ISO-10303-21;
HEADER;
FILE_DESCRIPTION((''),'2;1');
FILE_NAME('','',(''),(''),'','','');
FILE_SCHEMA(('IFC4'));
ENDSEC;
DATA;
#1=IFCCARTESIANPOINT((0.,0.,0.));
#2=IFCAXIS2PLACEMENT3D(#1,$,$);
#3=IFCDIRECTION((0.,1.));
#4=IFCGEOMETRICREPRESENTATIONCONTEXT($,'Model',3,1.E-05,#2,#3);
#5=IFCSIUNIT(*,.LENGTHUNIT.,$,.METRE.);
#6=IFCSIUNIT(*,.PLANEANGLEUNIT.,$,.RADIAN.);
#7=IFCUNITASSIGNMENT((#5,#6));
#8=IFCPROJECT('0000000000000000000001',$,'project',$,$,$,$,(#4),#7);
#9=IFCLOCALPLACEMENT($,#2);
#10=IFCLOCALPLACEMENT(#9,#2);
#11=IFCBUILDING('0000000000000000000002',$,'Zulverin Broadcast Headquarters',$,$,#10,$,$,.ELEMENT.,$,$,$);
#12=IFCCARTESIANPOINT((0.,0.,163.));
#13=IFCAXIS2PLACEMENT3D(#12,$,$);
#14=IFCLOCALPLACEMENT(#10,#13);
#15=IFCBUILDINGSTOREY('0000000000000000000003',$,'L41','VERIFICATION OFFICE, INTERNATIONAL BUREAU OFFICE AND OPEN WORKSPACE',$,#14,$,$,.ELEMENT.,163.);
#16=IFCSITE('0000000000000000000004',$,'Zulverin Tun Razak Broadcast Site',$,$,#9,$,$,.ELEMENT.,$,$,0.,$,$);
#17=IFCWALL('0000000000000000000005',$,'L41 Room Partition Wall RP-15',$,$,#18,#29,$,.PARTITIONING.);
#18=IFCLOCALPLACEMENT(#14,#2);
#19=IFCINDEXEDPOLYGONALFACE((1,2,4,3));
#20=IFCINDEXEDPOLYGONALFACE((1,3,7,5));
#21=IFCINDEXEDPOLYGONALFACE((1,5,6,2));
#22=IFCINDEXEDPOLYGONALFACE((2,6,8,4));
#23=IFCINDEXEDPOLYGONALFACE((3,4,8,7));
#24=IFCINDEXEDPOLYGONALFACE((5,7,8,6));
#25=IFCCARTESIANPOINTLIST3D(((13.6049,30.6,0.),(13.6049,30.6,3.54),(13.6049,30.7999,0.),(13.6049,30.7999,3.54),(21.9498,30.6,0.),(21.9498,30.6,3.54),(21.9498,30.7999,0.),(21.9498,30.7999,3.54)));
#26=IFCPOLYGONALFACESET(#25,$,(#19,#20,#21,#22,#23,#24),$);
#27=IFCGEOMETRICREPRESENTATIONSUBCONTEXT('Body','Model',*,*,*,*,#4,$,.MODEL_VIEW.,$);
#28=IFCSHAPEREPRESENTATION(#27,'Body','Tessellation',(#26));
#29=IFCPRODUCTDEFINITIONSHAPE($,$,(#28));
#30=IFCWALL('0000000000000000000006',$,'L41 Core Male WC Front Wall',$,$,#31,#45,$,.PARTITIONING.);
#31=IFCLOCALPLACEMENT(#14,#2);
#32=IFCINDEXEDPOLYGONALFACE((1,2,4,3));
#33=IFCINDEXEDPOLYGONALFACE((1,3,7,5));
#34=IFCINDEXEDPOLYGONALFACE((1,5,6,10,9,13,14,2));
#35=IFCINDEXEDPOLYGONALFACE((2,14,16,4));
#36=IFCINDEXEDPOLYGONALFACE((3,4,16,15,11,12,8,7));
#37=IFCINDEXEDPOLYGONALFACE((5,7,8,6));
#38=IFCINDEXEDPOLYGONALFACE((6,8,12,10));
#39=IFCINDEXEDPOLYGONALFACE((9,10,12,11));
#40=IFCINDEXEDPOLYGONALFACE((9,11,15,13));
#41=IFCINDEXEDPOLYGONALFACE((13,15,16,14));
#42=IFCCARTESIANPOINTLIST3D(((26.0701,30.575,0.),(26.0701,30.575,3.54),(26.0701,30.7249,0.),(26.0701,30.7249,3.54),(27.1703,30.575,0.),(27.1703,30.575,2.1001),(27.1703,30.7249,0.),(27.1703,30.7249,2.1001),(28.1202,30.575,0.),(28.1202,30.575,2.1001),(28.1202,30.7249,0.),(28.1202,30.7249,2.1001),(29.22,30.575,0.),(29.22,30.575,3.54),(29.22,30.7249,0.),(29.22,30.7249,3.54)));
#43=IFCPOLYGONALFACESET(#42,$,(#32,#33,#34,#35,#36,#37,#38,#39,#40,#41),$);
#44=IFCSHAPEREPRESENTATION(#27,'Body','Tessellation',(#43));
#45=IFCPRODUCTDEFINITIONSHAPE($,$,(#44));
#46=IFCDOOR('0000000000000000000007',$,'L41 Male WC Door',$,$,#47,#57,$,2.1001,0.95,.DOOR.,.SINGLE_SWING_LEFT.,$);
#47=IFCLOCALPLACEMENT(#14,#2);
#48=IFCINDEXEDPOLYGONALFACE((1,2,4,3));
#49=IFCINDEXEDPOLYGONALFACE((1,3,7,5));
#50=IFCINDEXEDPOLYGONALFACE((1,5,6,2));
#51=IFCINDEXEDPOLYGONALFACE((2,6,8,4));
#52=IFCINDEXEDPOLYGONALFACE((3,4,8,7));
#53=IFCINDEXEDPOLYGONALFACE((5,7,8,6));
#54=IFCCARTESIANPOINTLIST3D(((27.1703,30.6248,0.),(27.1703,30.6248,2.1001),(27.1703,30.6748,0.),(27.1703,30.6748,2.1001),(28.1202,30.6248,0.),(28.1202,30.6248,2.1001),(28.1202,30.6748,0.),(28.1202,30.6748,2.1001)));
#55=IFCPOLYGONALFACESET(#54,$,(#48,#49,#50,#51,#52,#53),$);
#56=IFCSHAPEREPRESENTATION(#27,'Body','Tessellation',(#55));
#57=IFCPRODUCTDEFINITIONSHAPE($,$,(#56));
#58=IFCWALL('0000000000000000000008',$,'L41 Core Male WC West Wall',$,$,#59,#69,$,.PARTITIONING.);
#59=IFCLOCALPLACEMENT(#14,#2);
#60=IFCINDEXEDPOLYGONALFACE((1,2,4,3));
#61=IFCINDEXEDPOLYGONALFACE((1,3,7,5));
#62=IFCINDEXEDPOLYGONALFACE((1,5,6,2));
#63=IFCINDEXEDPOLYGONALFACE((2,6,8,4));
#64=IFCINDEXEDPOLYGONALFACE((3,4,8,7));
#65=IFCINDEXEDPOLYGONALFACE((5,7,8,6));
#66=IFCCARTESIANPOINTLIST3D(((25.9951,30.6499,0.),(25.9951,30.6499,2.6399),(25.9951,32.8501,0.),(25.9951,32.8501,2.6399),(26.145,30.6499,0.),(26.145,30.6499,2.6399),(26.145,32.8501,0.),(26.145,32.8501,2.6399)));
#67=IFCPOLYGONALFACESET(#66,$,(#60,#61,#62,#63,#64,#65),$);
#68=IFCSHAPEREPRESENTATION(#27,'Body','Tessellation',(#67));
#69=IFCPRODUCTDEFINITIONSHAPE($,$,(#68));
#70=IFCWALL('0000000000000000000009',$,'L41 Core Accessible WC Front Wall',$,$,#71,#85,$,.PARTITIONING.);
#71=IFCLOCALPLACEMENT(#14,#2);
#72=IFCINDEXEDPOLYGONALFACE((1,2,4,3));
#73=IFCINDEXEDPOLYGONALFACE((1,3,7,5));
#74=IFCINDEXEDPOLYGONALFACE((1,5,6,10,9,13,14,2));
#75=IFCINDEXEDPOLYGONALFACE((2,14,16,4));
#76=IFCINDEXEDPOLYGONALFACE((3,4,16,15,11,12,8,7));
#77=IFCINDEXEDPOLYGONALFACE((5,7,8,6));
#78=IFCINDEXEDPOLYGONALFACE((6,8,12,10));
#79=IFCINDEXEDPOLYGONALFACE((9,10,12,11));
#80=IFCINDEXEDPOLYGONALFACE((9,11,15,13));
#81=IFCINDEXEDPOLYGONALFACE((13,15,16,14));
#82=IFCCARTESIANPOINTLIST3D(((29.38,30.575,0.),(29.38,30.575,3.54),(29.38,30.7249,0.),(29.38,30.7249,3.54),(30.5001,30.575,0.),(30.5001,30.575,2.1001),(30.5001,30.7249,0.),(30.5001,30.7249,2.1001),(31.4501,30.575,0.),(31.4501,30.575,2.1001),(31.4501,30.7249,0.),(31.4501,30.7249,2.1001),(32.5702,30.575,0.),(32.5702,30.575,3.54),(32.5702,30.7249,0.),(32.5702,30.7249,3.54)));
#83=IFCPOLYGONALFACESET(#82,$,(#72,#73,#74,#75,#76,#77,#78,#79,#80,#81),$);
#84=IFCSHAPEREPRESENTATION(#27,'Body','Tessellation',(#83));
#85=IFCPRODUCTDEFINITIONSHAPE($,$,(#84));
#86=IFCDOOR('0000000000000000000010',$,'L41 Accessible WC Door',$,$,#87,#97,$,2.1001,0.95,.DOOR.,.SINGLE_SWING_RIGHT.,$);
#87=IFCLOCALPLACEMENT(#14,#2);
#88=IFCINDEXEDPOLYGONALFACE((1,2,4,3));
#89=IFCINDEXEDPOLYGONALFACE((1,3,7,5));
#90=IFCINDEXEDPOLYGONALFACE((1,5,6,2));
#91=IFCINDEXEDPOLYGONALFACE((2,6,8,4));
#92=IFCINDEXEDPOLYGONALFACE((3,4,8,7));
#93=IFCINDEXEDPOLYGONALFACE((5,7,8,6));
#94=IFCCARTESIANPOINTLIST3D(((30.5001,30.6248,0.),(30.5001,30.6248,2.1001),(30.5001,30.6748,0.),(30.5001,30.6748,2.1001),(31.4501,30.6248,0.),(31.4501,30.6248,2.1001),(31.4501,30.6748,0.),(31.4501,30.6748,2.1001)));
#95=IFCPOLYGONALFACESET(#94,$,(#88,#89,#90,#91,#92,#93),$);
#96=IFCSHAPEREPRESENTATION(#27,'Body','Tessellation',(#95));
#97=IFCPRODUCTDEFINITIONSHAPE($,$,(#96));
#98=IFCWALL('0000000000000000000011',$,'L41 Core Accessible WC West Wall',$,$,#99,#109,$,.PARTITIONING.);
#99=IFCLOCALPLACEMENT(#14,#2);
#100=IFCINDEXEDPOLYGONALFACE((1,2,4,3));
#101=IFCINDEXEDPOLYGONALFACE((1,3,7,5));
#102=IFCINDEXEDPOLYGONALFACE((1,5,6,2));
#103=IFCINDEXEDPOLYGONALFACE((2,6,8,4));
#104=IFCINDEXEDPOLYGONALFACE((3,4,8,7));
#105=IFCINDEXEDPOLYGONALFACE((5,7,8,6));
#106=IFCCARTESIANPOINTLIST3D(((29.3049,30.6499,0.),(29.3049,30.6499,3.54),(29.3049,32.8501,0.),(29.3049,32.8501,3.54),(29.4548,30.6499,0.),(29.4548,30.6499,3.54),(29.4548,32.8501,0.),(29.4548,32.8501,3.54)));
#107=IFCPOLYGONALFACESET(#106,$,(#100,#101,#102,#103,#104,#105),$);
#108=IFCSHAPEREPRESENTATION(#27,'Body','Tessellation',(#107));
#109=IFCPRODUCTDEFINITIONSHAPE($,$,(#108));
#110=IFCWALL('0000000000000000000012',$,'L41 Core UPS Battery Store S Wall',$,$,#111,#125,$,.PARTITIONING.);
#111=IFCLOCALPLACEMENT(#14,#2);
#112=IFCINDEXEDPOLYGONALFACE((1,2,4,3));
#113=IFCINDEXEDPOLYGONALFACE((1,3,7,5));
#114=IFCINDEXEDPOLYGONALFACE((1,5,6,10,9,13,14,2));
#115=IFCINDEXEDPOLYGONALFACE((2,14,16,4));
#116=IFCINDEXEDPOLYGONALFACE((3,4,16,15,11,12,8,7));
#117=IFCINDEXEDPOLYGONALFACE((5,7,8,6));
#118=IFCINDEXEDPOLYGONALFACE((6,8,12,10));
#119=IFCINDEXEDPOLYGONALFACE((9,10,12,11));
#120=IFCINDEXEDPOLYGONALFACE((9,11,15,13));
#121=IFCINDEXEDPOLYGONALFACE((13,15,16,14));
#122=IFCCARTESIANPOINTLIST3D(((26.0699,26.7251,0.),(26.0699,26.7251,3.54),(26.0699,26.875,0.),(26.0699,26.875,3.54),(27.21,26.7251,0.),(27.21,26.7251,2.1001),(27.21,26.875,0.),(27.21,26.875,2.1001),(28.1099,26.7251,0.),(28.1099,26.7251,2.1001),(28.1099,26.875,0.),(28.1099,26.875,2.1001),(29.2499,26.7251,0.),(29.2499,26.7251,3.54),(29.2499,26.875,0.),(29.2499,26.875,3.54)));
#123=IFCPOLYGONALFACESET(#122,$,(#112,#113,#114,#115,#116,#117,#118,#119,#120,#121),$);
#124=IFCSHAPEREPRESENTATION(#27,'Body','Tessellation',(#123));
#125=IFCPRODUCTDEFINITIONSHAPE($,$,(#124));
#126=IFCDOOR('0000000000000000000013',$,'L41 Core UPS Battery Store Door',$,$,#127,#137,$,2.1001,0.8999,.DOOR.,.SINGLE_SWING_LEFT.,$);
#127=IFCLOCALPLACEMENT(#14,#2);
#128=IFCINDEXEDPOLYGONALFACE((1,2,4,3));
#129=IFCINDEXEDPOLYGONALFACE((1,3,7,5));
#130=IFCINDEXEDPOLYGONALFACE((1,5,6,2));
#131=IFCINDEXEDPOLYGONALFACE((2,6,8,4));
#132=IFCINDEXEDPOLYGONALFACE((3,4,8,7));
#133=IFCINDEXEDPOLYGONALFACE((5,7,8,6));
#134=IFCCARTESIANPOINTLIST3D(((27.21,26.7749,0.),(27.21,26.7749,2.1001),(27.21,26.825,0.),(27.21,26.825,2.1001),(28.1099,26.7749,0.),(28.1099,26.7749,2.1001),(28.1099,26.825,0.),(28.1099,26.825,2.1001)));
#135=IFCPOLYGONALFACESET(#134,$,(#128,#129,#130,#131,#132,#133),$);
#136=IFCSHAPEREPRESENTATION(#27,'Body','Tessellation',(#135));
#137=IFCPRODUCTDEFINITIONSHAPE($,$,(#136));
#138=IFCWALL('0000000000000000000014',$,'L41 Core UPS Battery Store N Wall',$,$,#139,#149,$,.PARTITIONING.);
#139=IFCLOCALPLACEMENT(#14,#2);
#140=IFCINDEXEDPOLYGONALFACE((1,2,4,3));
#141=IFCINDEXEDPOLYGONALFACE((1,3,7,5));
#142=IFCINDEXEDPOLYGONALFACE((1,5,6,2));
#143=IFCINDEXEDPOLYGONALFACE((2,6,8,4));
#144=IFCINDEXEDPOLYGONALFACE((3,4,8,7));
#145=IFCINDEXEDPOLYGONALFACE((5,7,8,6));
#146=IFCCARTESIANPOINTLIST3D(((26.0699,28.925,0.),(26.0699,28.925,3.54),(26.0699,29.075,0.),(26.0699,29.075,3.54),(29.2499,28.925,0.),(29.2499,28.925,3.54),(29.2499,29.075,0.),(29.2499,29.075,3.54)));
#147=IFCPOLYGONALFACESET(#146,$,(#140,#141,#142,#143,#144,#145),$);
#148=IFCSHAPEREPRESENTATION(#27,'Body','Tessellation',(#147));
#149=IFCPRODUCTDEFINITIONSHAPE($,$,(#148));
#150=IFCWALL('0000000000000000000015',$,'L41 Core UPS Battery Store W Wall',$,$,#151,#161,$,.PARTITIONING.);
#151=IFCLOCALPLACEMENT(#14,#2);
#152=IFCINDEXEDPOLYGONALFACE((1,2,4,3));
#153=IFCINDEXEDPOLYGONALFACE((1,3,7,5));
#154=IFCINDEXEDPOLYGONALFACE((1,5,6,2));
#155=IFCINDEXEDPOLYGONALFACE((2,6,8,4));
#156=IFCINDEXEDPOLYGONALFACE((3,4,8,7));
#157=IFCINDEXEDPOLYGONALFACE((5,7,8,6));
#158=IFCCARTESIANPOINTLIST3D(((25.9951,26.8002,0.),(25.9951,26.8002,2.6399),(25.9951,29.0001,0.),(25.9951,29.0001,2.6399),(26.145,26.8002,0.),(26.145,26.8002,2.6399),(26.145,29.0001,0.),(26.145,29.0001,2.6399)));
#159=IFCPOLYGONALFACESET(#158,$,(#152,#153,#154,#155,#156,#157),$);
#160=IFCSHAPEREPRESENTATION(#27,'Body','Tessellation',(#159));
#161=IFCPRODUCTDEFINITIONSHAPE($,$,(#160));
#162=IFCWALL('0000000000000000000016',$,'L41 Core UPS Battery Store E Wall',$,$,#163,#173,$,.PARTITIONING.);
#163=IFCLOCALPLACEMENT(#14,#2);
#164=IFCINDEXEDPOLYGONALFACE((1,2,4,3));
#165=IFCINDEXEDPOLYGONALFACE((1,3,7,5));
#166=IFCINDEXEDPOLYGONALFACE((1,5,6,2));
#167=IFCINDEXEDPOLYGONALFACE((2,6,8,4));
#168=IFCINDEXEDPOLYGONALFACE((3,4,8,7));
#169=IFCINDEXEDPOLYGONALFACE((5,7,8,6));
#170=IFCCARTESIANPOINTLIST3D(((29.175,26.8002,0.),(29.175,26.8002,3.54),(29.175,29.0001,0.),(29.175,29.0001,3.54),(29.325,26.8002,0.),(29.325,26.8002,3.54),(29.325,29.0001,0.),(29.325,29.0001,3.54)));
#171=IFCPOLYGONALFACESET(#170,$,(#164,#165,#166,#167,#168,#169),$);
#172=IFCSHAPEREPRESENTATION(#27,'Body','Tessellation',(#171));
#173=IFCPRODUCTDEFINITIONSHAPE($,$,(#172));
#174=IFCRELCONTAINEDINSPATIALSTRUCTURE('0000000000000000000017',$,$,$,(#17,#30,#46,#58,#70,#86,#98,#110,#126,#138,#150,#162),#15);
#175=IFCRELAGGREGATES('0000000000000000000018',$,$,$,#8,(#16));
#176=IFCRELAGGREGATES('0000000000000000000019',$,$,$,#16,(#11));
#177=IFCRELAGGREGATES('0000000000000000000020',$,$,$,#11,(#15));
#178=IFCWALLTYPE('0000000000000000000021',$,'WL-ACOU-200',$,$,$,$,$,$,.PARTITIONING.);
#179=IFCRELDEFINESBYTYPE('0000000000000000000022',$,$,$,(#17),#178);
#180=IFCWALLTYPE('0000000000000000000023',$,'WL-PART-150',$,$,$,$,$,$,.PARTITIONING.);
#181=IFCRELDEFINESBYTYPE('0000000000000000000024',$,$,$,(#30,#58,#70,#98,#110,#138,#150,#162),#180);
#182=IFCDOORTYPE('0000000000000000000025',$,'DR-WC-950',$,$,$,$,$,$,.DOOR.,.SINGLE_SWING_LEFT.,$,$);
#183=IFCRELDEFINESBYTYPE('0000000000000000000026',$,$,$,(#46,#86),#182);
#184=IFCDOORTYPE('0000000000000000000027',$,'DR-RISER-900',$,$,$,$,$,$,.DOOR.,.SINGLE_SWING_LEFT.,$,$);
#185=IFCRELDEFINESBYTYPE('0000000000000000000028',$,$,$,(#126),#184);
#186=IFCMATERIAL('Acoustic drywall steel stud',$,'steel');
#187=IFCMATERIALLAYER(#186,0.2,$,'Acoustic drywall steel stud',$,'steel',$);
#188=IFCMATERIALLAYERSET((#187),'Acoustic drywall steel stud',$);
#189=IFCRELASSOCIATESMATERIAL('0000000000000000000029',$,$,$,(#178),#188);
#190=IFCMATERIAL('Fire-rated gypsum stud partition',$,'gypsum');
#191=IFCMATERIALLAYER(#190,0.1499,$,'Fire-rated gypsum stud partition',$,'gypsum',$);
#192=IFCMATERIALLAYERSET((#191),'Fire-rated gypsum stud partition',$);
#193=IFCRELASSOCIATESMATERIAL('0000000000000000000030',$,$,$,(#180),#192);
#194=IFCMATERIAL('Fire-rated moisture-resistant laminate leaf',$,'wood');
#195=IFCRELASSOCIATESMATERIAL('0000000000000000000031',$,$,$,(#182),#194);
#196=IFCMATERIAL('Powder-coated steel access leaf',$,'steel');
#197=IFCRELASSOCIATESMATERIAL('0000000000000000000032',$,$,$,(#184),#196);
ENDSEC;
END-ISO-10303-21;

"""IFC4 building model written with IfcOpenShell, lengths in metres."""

from ifc_helpers import new_model, si_unit, direction, frame, frame_2d, origin, place, context, subcontext, project, spatial, rectangle, extrude, material, layer, layer_set, type_object, element, fill, save


model = new_model("IFC4")

# Units and contexts
model_context = context("Model", 3, precision=1e-05, world=origin(), true_north=direction((0.0, 1.0)))
body_context = subcontext(model_context, "Body", "Model", "MODEL_VIEW")
ifc_project = project(units=[si_unit("LENGTHUNIT", "METRE"), si_unit("PLANEANGLEUNIT", "RADIAN")], contexts=[model_context])

# Site, building, storey
site_placement = place(None, origin())
site = spatial("IfcSite", under=ifc_project, at=site_placement, Name="Zulverin Tun Razak Broadcast Site", CompositionType="ELEMENT", RefElevation=0.0)
building_placement = place(site_placement, origin())
building = spatial("IfcBuilding", under=site, at=building_placement, Name="Zulverin Broadcast Headquarters", CompositionType="ELEMENT")
storey_placement = place(building_placement, frame((0.0, 0.0, 163.0)))
storey = spatial("IfcBuildingStorey", under=building, at=storey_placement, Name="L41", Description="VERIFICATION OFFICE, INTERNATIONAL BUREAU OFFICE AND OPEN WORKSPACE", CompositionType="ELEMENT", Elevation=163.0)

# Wall
ifc_material_1 = material(Name="Acoustic drywall steel stud", Category="steel")
ifc_layer_1 = layer(ifc_material_1, 0.2, Name="Acoustic drywall steel stud", Category="steel")
ifc_layer_set_1 = layer_set([ifc_layer_1], Name="Acoustic drywall steel stud")
wall_type_1 = type_object("IfcWallType", Name="WL-ACOU-200", PredefinedType="PARTITIONING", material=ifc_layer_set_1)
wall_1_placement = place(storey_placement, frame((13.605, 30.7, 0.0), z_axis=(0.0, 0.0, 1.0), x_axis=(1.0, 0.0, 0.0)))
element("IfcWall", 1, at=wall_1_placement, inside=storey, type_object=wall_type_1, Name="L41 Room Partition Wall RP-15", PredefinedType="PARTITIONING", context=body_context, shape_type="SweptSolid", body=[
    extrude(rectangle(XDim=8.345, YDim=0.2, at=frame_2d((4.1724, 0.0))), origin(), (0.0, 0.0, 1.0), 3.54),
])

# Wall, opening, door
ifc_material_2 = material(Name="Fire-rated gypsum stud partition", Category="gypsum")
ifc_layer_2 = layer(ifc_material_2, 0.1499, Name="Fire-rated gypsum stud partition", Category="gypsum")
ifc_layer_set_2 = layer_set([ifc_layer_2], Name="Fire-rated gypsum stud partition")
wall_type_2 = type_object("IfcWallType", Name="WL-PART-150", PredefinedType="PARTITIONING", material=ifc_layer_set_2)
wall_2_placement = place(storey_placement, frame((26.0701, 30.6499, 0.0), z_axis=(0.0, 0.0, 1.0), x_axis=(1.0, 0.0, 0.0)))
wall_2 = element("IfcWall", 2, at=wall_2_placement, inside=storey, type_object=wall_type_2, Name="L41 Core Male WC Front Wall", PredefinedType="PARTITIONING", context=body_context, shape_type="SweptSolid", body=[
    extrude(rectangle(XDim=3.1499, YDim=0.1499, at=frame_2d((1.575, 0.0))), origin(), (0.0, 0.0, 1.0), 3.54),
])
opening_1_placement = place(wall_2_placement, frame((1.1001, 0.0, 0.0)))
opening_1 = element("IfcOpeningElement", 3, at=opening_1_placement, cuts=wall_2, PredefinedType="OPENING", context=body_context, shape_type="SweptSolid", body=[
    extrude(rectangle(XDim=0.95, YDim=2.1001, at=frame_2d((0.4751, 1.05))), frame((0.0, 0.085, 0.0), z_axis=(0.0, -1.0, 0.0), x_axis=(1.0, 0.0, 0.0)), (0.0, 0.0, 1.0), 0.1699),
])
ifc_material_3 = material(Name="Fire-rated moisture-resistant laminate leaf", Category="wood")
door_type_1 = type_object("IfcDoorType", Name="DR-WC-950", OperationType="SINGLE_SWING_LEFT", PredefinedType="DOOR", material=ifc_material_3)
door_1_placement = place(opening_1_placement, origin())
door_1 = element("IfcDoor", 4, at=door_1_placement, inside=storey, type_object=door_type_1, Name="L41 Male WC Door", OperationType="SINGLE_SWING_LEFT", OverallHeight=2.1001, OverallWidth=0.95, PredefinedType="DOOR", context=body_context, shape_type="SweptSolid", body=[
    extrude(rectangle(XDim=0.95, YDim=2.1001, at=frame_2d((0.4751, 1.05))), frame((0.0, 0.0249, 0.0), z_axis=(0.0, -1.0, 0.0), x_axis=(1.0, 0.0, 0.0)), (0.0, 0.0, 1.0), 0.05),
])
fill(opening_1, door_1)

# Wall
wall_3_placement = place(storey_placement, frame((26.0701, 30.6499, 0.0), z_axis=(0.0, 0.0, 1.0), x_axis=(0.0, 1.0, 0.0)))
element("IfcWall", 5, at=wall_3_placement, inside=storey, type_object=wall_type_2, Name="L41 Core Male WC West Wall", PredefinedType="PARTITIONING", context=body_context, shape_type="SweptSolid", body=[
    extrude(rectangle(XDim=2.2002, YDim=0.1499, at=frame_2d((1.1001, 0.0))), origin(), (0.0, 0.0, 1.0), 2.6399),
])

# Wall, opening, door
wall_4_placement = place(storey_placement, frame((29.3799, 30.6499, 0.0), z_axis=(0.0, 0.0, 1.0), x_axis=(1.0, 0.0, 0.0)))
wall_4 = element("IfcWall", 6, at=wall_4_placement, inside=storey, type_object=wall_type_2, Name="L41 Core Accessible WC Front Wall", PredefinedType="PARTITIONING", context=body_context, shape_type="SweptSolid", body=[
    extrude(rectangle(XDim=3.1902, YDim=0.1499, at=frame_2d((1.5952, 0.0))), origin(), (0.0, 0.0, 1.0), 3.54),
])
opening_2_placement = place(wall_4_placement, frame((1.1201, 0.0, 0.0)))
opening_2 = element("IfcOpeningElement", 7, at=opening_2_placement, cuts=wall_4, PredefinedType="OPENING", context=body_context, shape_type="SweptSolid", body=[
    extrude(rectangle(XDim=0.95, YDim=2.1001, at=frame_2d((0.4751, 1.05))), frame((0.0, 0.085, 0.0), z_axis=(0.0, -1.0, 0.0), x_axis=(1.0, 0.0, 0.0)), (0.0, 0.0, 1.0), 0.1699),
])
door_2_placement = place(opening_2_placement, origin())
door_2 = element("IfcDoor", 8, at=door_2_placement, inside=storey, type_object=door_type_1, Name="L41 Accessible WC Door", OperationType="SINGLE_SWING_RIGHT", OverallHeight=2.1001, OverallWidth=0.95, PredefinedType="DOOR", context=body_context, shape_type="SweptSolid", body=[
    extrude(rectangle(XDim=0.95, YDim=2.1001, at=frame_2d((0.4751, 1.05))), frame((0.0, 0.0249, 0.0), z_axis=(0.0, -1.0, 0.0), x_axis=(1.0, 0.0, 0.0)), (0.0, 0.0, 1.0), 0.05),
])
fill(opening_2, door_2)

# Wall
wall_5_placement = place(storey_placement, frame((29.3799, 30.6499, 0.0), z_axis=(0.0, 0.0, 1.0), x_axis=(0.0, 1.0, 0.0)))
element("IfcWall", 9, at=wall_5_placement, inside=storey, type_object=wall_type_2, Name="L41 Core Accessible WC West Wall", PredefinedType="PARTITIONING", context=body_context, shape_type="SweptSolid", body=[
    extrude(rectangle(XDim=2.2002, YDim=0.1499, at=frame_2d((1.1001, 0.0))), origin(), (0.0, 0.0, 1.0), 3.54),
])

# Wall, opening, door
wall_6_placement = place(storey_placement, frame((26.0701, 26.8, 0.0), z_axis=(0.0, 0.0, 1.0), x_axis=(1.0, 0.0, 0.0)))
wall_6 = element("IfcWall", 10, at=wall_6_placement, inside=storey, type_object=wall_type_2, Name="L41 Core UPS Battery Store S Wall", PredefinedType="PARTITIONING", context=body_context, shape_type="SweptSolid", body=[
    extrude(rectangle(XDim=3.1799, YDim=0.1499, at=frame_2d((1.5898, 0.0))), origin(), (0.0, 0.0, 1.0), 3.54),
])
opening_3_placement = place(wall_6_placement, frame((1.1399, 0.0, 0.0)))
opening_3 = element("IfcOpeningElement", 11, at=opening_3_placement, cuts=wall_6, PredefinedType="OPENING", context=body_context, shape_type="SweptSolid", body=[
    extrude(rectangle(XDim=0.8999, YDim=2.1001, at=frame_2d((0.45, 1.05))), frame((0.0, 0.085, 0.0), z_axis=(0.0, -1.0, 0.0), x_axis=(1.0, 0.0, 0.0)), (0.0, 0.0, 1.0), 0.1699),
])
ifc_material_4 = material(Name="Powder-coated steel access leaf", Category="steel")
door_type_2 = type_object("IfcDoorType", Name="DR-RISER-900", OperationType="SINGLE_SWING_LEFT", PredefinedType="DOOR", material=ifc_material_4)
door_3_placement = place(opening_3_placement, origin())
door_3 = element("IfcDoor", 12, at=door_3_placement, inside=storey, type_object=door_type_2, Name="L41 Core UPS Battery Store Door", OperationType="SINGLE_SWING_LEFT", OverallHeight=2.1001, OverallWidth=0.8999, PredefinedType="DOOR", context=body_context, shape_type="SweptSolid", body=[
    extrude(rectangle(XDim=0.8999, YDim=2.1001, at=frame_2d((0.45, 1.05))), frame((0.0, 0.0249, 0.0), z_axis=(0.0, -1.0, 0.0), x_axis=(1.0, 0.0, 0.0)), (0.0, 0.0, 1.0), 0.05),
])
fill(opening_3, door_3)

# Walls
wall_7_placement = place(storey_placement, frame((26.0701, 29.0, 0.0), z_axis=(0.0, 0.0, 1.0), x_axis=(1.0, 0.0, 0.0)))
element("IfcWall", 13, at=wall_7_placement, inside=storey, type_object=wall_type_2, Name="L41 Core UPS Battery Store N Wall", PredefinedType="PARTITIONING", context=body_context, shape_type="SweptSolid", body=[
    extrude(rectangle(XDim=3.1799, YDim=0.1499, at=frame_2d((1.5898, 0.0))), origin(), (0.0, 0.0, 1.0), 3.54),
])
wall_8_placement = place(storey_placement, frame((26.0701, 26.8, 0.0), z_axis=(0.0, 0.0, 1.0), x_axis=(0.0, 1.0, 0.0)))
element("IfcWall", 14, at=wall_8_placement, inside=storey, type_object=wall_type_2, Name="L41 Core UPS Battery Store W Wall", PredefinedType="PARTITIONING", context=body_context, shape_type="SweptSolid", body=[
    extrude(rectangle(XDim=2.2, YDim=0.1499, at=frame_2d((1.1001, 0.0))), origin(), (0.0, 0.0, 1.0), 2.6399),
])
wall_9_placement = place(storey_placement, frame((29.25, 26.8, 0.0), z_axis=(0.0, 0.0, 1.0), x_axis=(0.0, 1.0, 0.0)))
element("IfcWall", 15, at=wall_9_placement, inside=storey, type_object=wall_type_2, Name="L41 Core UPS Battery Store E Wall", PredefinedType="PARTITIONING", context=body_context, shape_type="SweptSolid", body=[
    extrude(rectangle(XDim=2.2, YDim=0.1499, at=frame_2d((1.1001, 0.0))), origin(), (0.0, 0.0, 1.0), 3.54),
])

save(model, "model.ifc")
